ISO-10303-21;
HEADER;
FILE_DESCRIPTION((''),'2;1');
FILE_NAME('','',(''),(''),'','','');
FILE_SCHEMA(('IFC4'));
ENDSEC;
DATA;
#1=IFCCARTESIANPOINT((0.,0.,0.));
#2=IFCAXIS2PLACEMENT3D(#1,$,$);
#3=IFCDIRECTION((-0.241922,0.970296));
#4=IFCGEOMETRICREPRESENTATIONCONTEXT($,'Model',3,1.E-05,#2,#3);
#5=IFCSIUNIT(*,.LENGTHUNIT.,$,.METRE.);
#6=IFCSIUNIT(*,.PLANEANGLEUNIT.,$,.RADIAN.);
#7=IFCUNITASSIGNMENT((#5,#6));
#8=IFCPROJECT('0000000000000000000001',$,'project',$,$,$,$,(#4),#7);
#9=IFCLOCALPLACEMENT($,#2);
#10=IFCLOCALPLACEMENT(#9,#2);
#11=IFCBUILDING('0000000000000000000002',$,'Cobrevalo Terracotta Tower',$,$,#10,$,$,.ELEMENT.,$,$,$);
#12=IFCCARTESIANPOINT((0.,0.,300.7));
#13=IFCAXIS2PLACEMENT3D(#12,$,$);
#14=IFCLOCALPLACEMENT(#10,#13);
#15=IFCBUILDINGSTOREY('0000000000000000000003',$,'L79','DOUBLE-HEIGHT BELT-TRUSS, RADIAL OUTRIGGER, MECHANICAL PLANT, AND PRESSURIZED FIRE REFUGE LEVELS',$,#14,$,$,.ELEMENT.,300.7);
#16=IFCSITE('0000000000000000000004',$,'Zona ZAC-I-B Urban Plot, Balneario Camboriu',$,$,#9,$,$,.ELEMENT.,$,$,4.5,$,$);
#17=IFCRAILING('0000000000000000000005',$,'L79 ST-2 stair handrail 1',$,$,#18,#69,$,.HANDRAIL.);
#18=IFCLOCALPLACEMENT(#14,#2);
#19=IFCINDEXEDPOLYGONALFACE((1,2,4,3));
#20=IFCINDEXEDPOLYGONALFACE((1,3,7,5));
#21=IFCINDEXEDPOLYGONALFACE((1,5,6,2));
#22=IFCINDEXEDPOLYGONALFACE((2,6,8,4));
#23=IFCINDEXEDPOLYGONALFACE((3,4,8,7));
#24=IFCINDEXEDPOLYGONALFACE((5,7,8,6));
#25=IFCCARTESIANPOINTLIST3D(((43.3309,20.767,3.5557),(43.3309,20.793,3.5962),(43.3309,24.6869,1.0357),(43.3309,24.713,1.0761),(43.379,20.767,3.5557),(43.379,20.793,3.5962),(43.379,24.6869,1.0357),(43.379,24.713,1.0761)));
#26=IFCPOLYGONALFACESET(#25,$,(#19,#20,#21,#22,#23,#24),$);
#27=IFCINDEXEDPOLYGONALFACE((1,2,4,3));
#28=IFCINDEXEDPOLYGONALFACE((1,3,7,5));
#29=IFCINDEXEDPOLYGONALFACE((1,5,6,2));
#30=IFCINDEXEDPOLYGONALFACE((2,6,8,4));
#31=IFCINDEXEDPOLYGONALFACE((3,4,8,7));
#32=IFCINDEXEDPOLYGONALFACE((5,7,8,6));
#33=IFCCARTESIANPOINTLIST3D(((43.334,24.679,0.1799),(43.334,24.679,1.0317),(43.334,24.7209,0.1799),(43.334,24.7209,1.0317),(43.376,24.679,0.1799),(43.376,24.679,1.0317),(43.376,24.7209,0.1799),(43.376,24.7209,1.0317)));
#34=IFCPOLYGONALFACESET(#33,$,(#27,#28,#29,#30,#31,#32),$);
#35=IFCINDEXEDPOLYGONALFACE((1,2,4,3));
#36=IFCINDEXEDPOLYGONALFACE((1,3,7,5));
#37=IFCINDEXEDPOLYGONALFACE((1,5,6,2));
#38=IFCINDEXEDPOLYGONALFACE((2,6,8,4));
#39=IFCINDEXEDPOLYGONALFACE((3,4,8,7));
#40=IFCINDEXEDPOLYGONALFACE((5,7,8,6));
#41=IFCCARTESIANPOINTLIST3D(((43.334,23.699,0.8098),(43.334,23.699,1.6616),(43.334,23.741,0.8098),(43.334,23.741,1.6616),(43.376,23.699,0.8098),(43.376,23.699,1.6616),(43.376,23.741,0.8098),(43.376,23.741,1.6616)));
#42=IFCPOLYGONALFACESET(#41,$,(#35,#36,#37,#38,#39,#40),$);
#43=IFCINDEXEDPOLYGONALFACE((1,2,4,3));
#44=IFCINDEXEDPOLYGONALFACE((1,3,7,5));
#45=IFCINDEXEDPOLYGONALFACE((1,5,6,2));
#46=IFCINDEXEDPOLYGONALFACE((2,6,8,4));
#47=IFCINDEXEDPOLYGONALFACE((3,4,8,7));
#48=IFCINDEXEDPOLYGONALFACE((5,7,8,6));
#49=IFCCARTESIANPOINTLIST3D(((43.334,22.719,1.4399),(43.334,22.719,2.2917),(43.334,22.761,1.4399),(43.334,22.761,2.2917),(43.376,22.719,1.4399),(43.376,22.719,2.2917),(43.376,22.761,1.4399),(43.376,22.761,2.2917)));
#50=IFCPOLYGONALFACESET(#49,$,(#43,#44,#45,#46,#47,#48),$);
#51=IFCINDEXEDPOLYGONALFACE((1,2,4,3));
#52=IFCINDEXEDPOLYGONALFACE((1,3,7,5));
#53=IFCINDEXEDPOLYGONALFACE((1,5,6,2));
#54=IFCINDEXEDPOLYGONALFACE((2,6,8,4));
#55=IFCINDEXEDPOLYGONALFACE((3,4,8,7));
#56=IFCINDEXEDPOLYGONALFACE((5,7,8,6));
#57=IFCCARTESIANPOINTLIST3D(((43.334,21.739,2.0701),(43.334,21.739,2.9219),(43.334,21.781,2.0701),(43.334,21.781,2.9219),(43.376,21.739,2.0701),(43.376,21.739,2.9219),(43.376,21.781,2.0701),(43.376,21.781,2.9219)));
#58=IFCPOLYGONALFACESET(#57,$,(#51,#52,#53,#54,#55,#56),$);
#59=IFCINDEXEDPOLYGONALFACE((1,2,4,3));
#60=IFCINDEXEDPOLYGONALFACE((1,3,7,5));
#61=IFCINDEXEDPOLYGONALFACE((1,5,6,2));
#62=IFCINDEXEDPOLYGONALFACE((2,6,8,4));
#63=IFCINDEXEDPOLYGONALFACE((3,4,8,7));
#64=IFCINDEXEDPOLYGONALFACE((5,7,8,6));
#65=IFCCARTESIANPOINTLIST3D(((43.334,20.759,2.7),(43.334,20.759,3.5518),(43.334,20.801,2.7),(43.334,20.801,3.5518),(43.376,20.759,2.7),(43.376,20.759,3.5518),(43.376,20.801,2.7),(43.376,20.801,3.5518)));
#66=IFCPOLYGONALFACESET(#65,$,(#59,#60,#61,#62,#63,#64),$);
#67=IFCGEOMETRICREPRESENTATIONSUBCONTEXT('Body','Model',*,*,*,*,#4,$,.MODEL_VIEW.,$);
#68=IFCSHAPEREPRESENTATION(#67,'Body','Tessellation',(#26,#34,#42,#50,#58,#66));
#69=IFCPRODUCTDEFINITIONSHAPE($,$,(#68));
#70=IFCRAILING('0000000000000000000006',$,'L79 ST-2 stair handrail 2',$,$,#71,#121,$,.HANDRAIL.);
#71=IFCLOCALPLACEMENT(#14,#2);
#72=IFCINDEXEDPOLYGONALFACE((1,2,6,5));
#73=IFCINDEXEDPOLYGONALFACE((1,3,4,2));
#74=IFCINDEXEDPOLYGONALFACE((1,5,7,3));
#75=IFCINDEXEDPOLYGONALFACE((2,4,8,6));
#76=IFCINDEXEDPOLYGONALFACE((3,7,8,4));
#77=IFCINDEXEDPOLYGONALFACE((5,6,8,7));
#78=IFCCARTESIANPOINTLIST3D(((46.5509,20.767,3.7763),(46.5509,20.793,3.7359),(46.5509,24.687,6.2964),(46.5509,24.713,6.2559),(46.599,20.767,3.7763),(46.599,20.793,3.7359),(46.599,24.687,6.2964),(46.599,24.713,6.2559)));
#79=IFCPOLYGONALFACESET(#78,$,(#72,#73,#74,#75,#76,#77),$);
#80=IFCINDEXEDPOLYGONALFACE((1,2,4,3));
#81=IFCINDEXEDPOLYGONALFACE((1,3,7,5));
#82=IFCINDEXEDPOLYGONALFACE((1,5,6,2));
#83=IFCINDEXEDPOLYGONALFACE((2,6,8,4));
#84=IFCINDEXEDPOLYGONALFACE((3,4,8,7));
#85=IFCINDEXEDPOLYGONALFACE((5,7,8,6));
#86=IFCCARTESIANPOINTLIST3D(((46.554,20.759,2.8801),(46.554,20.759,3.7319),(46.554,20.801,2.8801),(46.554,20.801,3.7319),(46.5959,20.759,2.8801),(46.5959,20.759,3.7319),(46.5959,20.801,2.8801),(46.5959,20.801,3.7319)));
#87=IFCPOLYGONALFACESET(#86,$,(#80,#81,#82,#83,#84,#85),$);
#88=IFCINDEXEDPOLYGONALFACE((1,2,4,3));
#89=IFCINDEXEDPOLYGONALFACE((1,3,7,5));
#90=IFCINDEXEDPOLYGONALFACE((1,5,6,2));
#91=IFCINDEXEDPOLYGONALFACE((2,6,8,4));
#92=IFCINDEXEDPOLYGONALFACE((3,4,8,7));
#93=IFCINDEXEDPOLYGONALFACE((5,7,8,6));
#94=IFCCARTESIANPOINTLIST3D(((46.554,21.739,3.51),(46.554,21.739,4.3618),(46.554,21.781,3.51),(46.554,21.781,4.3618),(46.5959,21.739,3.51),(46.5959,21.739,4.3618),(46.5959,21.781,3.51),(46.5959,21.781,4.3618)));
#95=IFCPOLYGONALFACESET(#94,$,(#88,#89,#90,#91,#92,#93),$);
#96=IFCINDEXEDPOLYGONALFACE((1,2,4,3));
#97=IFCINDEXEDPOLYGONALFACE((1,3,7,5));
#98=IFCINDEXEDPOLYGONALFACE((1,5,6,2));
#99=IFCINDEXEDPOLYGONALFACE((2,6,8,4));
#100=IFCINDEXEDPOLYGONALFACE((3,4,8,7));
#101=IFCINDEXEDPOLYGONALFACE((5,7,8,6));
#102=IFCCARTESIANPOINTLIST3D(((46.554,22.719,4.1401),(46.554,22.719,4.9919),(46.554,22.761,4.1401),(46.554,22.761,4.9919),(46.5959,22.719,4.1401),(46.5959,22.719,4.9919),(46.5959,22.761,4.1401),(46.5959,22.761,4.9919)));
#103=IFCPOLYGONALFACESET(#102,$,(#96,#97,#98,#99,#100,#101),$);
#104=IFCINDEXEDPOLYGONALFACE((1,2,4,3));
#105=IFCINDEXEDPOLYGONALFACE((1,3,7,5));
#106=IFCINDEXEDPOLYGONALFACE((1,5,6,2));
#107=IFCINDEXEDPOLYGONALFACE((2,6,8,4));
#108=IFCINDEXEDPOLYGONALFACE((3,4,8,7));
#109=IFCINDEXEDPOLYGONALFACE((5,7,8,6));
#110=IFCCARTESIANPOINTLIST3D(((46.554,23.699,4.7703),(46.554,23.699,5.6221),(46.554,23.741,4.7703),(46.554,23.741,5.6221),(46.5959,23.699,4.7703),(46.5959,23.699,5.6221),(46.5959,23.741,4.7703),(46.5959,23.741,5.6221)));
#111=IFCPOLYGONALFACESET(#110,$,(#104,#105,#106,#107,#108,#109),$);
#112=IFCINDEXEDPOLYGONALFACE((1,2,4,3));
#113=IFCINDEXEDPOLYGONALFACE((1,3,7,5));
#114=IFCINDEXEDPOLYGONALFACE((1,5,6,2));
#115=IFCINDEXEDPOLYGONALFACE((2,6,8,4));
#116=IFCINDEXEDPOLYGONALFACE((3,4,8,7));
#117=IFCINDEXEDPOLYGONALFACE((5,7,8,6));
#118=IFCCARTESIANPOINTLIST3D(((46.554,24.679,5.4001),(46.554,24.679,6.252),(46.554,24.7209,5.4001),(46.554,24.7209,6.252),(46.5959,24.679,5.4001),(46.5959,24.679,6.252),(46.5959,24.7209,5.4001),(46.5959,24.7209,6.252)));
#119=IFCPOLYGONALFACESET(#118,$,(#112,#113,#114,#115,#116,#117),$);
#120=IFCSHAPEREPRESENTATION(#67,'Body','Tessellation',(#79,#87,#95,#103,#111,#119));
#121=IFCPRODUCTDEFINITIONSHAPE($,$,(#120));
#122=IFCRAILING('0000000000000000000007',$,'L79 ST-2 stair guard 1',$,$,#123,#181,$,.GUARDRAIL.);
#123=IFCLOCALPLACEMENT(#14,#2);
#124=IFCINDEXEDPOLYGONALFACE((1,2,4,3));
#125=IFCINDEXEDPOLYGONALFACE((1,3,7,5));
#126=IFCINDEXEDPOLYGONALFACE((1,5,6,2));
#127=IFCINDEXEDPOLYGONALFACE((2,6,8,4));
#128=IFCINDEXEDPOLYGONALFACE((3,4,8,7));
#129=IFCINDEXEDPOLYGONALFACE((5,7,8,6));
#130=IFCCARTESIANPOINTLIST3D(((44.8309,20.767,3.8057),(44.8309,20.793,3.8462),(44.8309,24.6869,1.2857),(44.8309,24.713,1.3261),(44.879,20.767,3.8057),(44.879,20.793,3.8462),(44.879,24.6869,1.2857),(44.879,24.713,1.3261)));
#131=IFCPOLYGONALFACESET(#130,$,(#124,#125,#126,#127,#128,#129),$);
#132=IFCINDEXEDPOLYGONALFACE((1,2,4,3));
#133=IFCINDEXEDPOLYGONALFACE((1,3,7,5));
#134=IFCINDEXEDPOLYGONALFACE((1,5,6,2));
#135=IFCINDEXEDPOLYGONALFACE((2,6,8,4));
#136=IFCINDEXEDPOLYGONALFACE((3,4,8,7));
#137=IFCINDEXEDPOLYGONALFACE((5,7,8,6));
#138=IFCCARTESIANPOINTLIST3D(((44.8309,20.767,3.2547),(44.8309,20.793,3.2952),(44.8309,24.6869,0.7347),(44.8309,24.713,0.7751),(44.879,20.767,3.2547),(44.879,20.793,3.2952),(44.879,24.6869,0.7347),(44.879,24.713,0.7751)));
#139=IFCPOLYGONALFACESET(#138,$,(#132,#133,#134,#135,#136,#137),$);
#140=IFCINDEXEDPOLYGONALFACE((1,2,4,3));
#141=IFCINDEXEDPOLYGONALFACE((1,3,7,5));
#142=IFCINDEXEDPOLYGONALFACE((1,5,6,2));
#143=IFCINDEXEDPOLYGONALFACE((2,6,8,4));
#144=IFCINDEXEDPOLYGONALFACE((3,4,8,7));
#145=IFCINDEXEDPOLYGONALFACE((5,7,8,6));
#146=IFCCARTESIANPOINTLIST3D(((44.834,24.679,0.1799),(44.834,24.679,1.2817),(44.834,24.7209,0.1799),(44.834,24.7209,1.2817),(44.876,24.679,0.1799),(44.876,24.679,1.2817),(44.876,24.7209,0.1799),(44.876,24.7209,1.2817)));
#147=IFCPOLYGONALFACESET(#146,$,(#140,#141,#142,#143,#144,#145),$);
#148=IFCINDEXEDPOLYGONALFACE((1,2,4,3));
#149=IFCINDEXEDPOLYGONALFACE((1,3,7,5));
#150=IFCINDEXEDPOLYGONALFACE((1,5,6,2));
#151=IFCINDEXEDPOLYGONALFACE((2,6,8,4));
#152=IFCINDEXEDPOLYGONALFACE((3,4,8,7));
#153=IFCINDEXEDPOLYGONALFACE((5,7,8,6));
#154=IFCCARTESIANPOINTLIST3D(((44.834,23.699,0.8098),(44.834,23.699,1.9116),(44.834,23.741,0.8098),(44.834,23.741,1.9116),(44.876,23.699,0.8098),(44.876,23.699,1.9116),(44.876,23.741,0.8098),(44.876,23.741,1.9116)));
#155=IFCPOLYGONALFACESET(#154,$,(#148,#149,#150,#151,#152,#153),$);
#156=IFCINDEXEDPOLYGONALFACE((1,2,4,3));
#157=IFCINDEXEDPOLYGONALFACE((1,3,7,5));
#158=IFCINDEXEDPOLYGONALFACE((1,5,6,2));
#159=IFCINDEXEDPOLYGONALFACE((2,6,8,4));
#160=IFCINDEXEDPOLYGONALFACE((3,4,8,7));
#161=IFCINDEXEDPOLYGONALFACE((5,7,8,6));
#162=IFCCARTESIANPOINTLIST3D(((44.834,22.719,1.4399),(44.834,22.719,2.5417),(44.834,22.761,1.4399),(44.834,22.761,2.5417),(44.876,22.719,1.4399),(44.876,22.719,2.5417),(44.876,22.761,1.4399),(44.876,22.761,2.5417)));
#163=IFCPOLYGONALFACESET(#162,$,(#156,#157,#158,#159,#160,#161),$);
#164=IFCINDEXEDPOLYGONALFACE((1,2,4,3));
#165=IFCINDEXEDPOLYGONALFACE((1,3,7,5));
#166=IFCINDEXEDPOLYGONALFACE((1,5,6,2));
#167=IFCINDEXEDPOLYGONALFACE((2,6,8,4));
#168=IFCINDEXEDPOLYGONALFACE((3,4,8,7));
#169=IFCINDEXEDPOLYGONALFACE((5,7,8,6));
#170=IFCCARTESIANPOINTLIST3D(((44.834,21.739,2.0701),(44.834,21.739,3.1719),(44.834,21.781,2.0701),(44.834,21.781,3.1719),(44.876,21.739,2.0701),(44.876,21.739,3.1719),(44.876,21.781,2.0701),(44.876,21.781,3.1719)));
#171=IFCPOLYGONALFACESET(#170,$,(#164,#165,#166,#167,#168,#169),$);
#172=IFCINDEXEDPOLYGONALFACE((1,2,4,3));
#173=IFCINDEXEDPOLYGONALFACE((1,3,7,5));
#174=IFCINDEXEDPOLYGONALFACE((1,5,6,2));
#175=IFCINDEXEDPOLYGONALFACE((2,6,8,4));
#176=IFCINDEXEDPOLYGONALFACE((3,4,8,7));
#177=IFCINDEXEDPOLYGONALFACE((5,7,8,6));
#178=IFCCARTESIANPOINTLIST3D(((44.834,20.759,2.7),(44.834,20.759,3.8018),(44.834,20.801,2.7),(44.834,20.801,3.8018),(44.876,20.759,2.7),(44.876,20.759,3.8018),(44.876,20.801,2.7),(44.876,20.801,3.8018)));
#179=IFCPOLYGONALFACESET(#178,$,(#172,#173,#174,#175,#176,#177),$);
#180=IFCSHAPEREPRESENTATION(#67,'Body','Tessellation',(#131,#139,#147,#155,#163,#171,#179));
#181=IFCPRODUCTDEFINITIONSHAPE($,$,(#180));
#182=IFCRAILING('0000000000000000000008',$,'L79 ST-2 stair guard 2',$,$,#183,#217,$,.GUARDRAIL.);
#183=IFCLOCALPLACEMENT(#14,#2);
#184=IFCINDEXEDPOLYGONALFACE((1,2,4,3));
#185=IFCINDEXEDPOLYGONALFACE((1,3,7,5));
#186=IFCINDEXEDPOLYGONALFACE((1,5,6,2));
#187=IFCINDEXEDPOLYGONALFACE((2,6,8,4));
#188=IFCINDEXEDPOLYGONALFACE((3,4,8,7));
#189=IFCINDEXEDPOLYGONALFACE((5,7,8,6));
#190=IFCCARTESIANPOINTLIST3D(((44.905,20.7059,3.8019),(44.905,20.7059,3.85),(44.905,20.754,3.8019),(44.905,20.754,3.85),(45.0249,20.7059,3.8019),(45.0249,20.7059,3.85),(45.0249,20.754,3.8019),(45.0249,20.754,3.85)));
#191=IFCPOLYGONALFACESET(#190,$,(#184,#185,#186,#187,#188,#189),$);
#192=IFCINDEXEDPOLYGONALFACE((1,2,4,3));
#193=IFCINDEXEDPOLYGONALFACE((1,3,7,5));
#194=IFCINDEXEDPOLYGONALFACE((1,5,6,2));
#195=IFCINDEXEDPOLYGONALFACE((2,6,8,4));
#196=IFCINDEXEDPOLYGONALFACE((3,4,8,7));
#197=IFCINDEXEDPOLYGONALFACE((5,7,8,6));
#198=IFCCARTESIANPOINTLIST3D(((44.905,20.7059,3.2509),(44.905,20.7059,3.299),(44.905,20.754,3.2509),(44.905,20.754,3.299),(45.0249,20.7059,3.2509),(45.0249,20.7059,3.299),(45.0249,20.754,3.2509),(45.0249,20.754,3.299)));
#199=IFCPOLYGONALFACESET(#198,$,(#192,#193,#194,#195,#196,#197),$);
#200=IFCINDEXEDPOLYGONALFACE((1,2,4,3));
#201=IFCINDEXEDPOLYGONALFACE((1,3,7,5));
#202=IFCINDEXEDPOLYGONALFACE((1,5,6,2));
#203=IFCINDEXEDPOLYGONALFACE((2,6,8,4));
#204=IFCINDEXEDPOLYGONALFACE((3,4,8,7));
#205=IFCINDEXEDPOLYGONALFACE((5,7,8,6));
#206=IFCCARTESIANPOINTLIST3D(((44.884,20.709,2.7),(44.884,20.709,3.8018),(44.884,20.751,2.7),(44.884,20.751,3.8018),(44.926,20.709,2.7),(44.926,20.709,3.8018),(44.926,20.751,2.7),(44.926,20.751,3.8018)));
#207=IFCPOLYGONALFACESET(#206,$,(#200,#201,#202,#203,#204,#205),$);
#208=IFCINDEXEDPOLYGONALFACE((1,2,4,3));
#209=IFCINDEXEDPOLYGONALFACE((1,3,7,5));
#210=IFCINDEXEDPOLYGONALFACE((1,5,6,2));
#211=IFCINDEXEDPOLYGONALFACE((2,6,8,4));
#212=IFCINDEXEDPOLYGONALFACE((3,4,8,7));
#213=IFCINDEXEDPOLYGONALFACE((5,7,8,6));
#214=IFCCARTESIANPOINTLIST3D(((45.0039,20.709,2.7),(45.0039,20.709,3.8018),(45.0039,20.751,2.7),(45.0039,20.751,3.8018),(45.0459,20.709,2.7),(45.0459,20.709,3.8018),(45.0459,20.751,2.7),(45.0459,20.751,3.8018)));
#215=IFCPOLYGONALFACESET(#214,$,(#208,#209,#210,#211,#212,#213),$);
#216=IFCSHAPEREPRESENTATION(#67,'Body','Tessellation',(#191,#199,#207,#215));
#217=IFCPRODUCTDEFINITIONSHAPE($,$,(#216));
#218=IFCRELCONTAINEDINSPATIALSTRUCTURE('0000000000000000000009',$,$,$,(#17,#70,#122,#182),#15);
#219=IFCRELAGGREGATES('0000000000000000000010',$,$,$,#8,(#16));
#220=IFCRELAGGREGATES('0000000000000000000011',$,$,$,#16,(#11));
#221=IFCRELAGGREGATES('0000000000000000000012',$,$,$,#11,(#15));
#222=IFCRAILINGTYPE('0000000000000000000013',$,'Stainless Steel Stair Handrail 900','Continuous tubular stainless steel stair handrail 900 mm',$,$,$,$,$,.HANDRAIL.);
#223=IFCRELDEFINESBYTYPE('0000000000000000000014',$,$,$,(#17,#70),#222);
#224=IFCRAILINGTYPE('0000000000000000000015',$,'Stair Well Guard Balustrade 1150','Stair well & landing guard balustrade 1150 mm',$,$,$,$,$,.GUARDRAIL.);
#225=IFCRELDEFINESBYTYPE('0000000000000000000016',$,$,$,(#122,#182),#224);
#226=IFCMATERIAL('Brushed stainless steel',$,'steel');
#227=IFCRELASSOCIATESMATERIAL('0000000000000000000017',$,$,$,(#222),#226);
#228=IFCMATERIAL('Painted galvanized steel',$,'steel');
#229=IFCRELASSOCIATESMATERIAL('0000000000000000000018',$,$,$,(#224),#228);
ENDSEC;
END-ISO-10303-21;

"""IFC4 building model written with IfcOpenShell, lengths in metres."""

from ifc_helpers import new_model, si_unit, direction, frame, origin, origin_2d, place, context, subcontext, project, spatial, rectangle, extrude, material, type_object, element, save


model = new_model("IFC4")

# Units and contexts
model_context = context("Model", 3, precision=1e-05, world=origin(), true_north=direction((-0.241922, 0.970296)))
body_context = subcontext(model_context, "Body", "Model", "MODEL_VIEW")
ifc_project = project(units=[si_unit("LENGTHUNIT", "METRE"), si_unit("PLANEANGLEUNIT", "RADIAN")], contexts=[model_context])

# Site, building, storey
site_placement = place(None, origin())
site = spatial("IfcSite", under=ifc_project, at=site_placement, Name="Zona ZAC-I-B Urban Plot, Balneario Camboriu", CompositionType="ELEMENT", RefElevation=4.5)
building_placement = place(site_placement, origin())
building = spatial("IfcBuilding", under=site, at=building_placement, Name="Cobrevalo Terracotta Tower", CompositionType="ELEMENT")
storey_placement = place(building_placement, frame((0.0, 0.0, 300.7)))
storey = spatial("IfcBuildingStorey", under=building, at=storey_placement, Name="L79", Description="DOUBLE-HEIGHT BELT-TRUSS, RADIAL OUTRIGGER, MECHANICAL PLANT, AND PRESSURIZED FIRE REFUGE LEVELS", CompositionType="ELEMENT", Elevation=300.7)

# Railings
ifc_material_1 = material(Name="Brushed stainless steel", Category="steel")
railing_type_1 = type_object("IfcRailingType", Name="Stainless Steel Stair Handrail 900", Description="Continuous tubular stainless steel stair handrail 900 mm", PredefinedType="HANDRAIL", material=ifc_material_1)
railing_1_placement = place(storey_placement, frame((43.355, 24.7, 0.1799)))
element("IfcRailing", 1, at=railing_1_placement, inside=storey, type_object=railing_type_1, Name="L79 ST-2 stair handrail 1", PredefinedType="HANDRAIL", context=body_context, shape_type="SweptSolid", body=[
    extrude(rectangle(XDim=0.0481, YDim=0.0481, at=origin_2d()), frame((0.0, 0.0, 0.876), z_axis=(0.0, -0.841172, 0.540768), x_axis=(1.0, 0.0, 0.0)), (0.0, 0.0, 1.0), 4.6602),
    extrude(rectangle(XDim=0.042, YDim=0.042, at=origin_2d()), origin(), (0.0, 0.0, 1.0), 0.8518),
    extrude(rectangle(XDim=0.042, YDim=0.042, at=origin_2d()), frame((0.0, -0.98, 0.6299)), (0.0, 0.0, 1.0), 0.8518),
    extrude(rectangle(XDim=0.042, YDim=0.042, at=origin_2d()), frame((0.0, -1.96, 1.26)), (0.0, 0.0, 1.0), 0.8518),
    extrude(rectangle(XDim=0.042, YDim=0.042, at=origin_2d()), frame((0.0, -2.9399, 1.8901)), (0.0, 0.0, 1.0), 0.8518),
    extrude(rectangle(XDim=0.042, YDim=0.042, at=origin_2d()), frame((0.0, -3.9199, 2.52)), (0.0, 0.0, 1.0), 0.8518),
])
railing_2_placement = place(storey_placement, frame((46.575, 20.78, 2.8801)))
element("IfcRailing", 2, at=railing_2_placement, inside=storey, type_object=railing_type_1, Name="L79 ST-2 stair handrail 2", PredefinedType="HANDRAIL", context=body_context, shape_type="SweptSolid", body=[
    extrude(rectangle(XDim=0.0481, YDim=0.0481, at=origin_2d()), frame((0.0, 0.0, 0.876), z_axis=(0.0, 0.841172, 0.540768), x_axis=(-1.0, 0.0, 0.0)), (0.0, 0.0, 1.0), 4.6602),
    extrude(rectangle(XDim=0.042, YDim=0.042, at=origin_2d()), origin(), (0.0, 0.0, 1.0), 0.8518),
    extrude(rectangle(XDim=0.042, YDim=0.042, at=origin_2d()), frame((0.0, 0.98, 0.6299)), (0.0, 0.0, 1.0), 0.8518),
    extrude(rectangle(XDim=0.042, YDim=0.042, at=origin_2d()), frame((0.0, 1.96, 1.26)), (0.0, 0.0, 1.0), 0.8518),
    extrude(rectangle(XDim=0.042, YDim=0.042, at=origin_2d()), frame((0.0, 2.9399, 1.8901)), (0.0, 0.0, 1.0), 0.8518),
    extrude(rectangle(XDim=0.042, YDim=0.042, at=origin_2d()), frame((0.0, 3.9199, 2.52)), (0.0, 0.0, 1.0), 0.8518),
])
ifc_material_2 = material(Name="Painted galvanized steel", Category="steel")
railing_type_2 = type_object("IfcRailingType", Name="Stair Well Guard Balustrade 1150", Description="Stair well & landing guard balustrade 1150 mm", PredefinedType="GUARDRAIL", material=ifc_material_2)
railing_3_placement = place(storey_placement, frame((44.855, 24.7, 0.1799)))
element("IfcRailing", 3, at=railing_3_placement, inside=storey, type_object=railing_type_2, Name="L79 ST-2 stair guard 1", PredefinedType="GUARDRAIL", context=body_context, shape_type="SweptSolid", body=[
    extrude(rectangle(XDim=0.0481, YDim=0.0481, at=origin_2d()), frame((0.0, 0.0, 1.126), z_axis=(0.0, -0.841172, 0.540768), x_axis=(1.0, 0.0, 0.0)), (0.0, 0.0, 1.0), 4.6602),
    extrude(rectangle(XDim=0.0481, YDim=0.0481, at=origin_2d()), frame((0.0, 0.0, 0.575), z_axis=(0.0, -0.841172, 0.540768), x_axis=(1.0, 0.0, 0.0)), (0.0, 0.0, 1.0), 4.6602),
    extrude(rectangle(XDim=0.042, YDim=0.042, at=origin_2d()), origin(), (0.0, 0.0, 1.0), 1.1018),
    extrude(rectangle(XDim=0.042, YDim=0.042, at=origin_2d()), frame((0.0, -0.98, 0.6299)), (0.0, 0.0, 1.0), 1.1018),
    extrude(rectangle(XDim=0.042, YDim=0.042, at=origin_2d()), frame((0.0, -1.96, 1.26)), (0.0, 0.0, 1.0), 1.1018),
    extrude(rectangle(XDim=0.042, YDim=0.042, at=origin_2d()), frame((0.0, -2.9399, 1.8901)), (0.0, 0.0, 1.0), 1.1018),
    extrude(rectangle(XDim=0.042, YDim=0.042, at=origin_2d()), frame((0.0, -3.9199, 2.52)), (0.0, 0.0, 1.0), 1.1018),
])
railing_4_placement = place(storey_placement, frame((44.905, 20.73, 2.7)))
element("IfcRailing", 4, at=railing_4_placement, inside=storey, type_object=railing_type_2, Name="L79 ST-2 stair guard 2", PredefinedType="GUARDRAIL", context=body_context, shape_type="SweptSolid", body=[
    extrude(rectangle(XDim=0.0481, YDim=0.0481, at=origin_2d()), frame((0.0, 0.0, 1.126), z_axis=(1.0, 0.0, 0.0), x_axis=(0.0, 1.0, 0.0)), (0.0, 0.0, 1.0), 0.1199),
    extrude(rectangle(XDim=0.0481, YDim=0.0481, at=origin_2d()), frame((0.0, 0.0, 0.575), z_axis=(1.0, 0.0, 0.0), x_axis=(0.0, 1.0, 0.0)), (0.0, 0.0, 1.0), 0.1199),
    extrude(rectangle(XDim=0.042, YDim=0.042, at=origin_2d()), origin(), (0.0, 0.0, 1.0), 1.1018),
    extrude(rectangle(XDim=0.042, YDim=0.042, at=origin_2d()), frame((0.1199, 0.0, 0.0)), (0.0, 0.0, 1.0), 1.1018),
])

save(model, "model.ifc")
